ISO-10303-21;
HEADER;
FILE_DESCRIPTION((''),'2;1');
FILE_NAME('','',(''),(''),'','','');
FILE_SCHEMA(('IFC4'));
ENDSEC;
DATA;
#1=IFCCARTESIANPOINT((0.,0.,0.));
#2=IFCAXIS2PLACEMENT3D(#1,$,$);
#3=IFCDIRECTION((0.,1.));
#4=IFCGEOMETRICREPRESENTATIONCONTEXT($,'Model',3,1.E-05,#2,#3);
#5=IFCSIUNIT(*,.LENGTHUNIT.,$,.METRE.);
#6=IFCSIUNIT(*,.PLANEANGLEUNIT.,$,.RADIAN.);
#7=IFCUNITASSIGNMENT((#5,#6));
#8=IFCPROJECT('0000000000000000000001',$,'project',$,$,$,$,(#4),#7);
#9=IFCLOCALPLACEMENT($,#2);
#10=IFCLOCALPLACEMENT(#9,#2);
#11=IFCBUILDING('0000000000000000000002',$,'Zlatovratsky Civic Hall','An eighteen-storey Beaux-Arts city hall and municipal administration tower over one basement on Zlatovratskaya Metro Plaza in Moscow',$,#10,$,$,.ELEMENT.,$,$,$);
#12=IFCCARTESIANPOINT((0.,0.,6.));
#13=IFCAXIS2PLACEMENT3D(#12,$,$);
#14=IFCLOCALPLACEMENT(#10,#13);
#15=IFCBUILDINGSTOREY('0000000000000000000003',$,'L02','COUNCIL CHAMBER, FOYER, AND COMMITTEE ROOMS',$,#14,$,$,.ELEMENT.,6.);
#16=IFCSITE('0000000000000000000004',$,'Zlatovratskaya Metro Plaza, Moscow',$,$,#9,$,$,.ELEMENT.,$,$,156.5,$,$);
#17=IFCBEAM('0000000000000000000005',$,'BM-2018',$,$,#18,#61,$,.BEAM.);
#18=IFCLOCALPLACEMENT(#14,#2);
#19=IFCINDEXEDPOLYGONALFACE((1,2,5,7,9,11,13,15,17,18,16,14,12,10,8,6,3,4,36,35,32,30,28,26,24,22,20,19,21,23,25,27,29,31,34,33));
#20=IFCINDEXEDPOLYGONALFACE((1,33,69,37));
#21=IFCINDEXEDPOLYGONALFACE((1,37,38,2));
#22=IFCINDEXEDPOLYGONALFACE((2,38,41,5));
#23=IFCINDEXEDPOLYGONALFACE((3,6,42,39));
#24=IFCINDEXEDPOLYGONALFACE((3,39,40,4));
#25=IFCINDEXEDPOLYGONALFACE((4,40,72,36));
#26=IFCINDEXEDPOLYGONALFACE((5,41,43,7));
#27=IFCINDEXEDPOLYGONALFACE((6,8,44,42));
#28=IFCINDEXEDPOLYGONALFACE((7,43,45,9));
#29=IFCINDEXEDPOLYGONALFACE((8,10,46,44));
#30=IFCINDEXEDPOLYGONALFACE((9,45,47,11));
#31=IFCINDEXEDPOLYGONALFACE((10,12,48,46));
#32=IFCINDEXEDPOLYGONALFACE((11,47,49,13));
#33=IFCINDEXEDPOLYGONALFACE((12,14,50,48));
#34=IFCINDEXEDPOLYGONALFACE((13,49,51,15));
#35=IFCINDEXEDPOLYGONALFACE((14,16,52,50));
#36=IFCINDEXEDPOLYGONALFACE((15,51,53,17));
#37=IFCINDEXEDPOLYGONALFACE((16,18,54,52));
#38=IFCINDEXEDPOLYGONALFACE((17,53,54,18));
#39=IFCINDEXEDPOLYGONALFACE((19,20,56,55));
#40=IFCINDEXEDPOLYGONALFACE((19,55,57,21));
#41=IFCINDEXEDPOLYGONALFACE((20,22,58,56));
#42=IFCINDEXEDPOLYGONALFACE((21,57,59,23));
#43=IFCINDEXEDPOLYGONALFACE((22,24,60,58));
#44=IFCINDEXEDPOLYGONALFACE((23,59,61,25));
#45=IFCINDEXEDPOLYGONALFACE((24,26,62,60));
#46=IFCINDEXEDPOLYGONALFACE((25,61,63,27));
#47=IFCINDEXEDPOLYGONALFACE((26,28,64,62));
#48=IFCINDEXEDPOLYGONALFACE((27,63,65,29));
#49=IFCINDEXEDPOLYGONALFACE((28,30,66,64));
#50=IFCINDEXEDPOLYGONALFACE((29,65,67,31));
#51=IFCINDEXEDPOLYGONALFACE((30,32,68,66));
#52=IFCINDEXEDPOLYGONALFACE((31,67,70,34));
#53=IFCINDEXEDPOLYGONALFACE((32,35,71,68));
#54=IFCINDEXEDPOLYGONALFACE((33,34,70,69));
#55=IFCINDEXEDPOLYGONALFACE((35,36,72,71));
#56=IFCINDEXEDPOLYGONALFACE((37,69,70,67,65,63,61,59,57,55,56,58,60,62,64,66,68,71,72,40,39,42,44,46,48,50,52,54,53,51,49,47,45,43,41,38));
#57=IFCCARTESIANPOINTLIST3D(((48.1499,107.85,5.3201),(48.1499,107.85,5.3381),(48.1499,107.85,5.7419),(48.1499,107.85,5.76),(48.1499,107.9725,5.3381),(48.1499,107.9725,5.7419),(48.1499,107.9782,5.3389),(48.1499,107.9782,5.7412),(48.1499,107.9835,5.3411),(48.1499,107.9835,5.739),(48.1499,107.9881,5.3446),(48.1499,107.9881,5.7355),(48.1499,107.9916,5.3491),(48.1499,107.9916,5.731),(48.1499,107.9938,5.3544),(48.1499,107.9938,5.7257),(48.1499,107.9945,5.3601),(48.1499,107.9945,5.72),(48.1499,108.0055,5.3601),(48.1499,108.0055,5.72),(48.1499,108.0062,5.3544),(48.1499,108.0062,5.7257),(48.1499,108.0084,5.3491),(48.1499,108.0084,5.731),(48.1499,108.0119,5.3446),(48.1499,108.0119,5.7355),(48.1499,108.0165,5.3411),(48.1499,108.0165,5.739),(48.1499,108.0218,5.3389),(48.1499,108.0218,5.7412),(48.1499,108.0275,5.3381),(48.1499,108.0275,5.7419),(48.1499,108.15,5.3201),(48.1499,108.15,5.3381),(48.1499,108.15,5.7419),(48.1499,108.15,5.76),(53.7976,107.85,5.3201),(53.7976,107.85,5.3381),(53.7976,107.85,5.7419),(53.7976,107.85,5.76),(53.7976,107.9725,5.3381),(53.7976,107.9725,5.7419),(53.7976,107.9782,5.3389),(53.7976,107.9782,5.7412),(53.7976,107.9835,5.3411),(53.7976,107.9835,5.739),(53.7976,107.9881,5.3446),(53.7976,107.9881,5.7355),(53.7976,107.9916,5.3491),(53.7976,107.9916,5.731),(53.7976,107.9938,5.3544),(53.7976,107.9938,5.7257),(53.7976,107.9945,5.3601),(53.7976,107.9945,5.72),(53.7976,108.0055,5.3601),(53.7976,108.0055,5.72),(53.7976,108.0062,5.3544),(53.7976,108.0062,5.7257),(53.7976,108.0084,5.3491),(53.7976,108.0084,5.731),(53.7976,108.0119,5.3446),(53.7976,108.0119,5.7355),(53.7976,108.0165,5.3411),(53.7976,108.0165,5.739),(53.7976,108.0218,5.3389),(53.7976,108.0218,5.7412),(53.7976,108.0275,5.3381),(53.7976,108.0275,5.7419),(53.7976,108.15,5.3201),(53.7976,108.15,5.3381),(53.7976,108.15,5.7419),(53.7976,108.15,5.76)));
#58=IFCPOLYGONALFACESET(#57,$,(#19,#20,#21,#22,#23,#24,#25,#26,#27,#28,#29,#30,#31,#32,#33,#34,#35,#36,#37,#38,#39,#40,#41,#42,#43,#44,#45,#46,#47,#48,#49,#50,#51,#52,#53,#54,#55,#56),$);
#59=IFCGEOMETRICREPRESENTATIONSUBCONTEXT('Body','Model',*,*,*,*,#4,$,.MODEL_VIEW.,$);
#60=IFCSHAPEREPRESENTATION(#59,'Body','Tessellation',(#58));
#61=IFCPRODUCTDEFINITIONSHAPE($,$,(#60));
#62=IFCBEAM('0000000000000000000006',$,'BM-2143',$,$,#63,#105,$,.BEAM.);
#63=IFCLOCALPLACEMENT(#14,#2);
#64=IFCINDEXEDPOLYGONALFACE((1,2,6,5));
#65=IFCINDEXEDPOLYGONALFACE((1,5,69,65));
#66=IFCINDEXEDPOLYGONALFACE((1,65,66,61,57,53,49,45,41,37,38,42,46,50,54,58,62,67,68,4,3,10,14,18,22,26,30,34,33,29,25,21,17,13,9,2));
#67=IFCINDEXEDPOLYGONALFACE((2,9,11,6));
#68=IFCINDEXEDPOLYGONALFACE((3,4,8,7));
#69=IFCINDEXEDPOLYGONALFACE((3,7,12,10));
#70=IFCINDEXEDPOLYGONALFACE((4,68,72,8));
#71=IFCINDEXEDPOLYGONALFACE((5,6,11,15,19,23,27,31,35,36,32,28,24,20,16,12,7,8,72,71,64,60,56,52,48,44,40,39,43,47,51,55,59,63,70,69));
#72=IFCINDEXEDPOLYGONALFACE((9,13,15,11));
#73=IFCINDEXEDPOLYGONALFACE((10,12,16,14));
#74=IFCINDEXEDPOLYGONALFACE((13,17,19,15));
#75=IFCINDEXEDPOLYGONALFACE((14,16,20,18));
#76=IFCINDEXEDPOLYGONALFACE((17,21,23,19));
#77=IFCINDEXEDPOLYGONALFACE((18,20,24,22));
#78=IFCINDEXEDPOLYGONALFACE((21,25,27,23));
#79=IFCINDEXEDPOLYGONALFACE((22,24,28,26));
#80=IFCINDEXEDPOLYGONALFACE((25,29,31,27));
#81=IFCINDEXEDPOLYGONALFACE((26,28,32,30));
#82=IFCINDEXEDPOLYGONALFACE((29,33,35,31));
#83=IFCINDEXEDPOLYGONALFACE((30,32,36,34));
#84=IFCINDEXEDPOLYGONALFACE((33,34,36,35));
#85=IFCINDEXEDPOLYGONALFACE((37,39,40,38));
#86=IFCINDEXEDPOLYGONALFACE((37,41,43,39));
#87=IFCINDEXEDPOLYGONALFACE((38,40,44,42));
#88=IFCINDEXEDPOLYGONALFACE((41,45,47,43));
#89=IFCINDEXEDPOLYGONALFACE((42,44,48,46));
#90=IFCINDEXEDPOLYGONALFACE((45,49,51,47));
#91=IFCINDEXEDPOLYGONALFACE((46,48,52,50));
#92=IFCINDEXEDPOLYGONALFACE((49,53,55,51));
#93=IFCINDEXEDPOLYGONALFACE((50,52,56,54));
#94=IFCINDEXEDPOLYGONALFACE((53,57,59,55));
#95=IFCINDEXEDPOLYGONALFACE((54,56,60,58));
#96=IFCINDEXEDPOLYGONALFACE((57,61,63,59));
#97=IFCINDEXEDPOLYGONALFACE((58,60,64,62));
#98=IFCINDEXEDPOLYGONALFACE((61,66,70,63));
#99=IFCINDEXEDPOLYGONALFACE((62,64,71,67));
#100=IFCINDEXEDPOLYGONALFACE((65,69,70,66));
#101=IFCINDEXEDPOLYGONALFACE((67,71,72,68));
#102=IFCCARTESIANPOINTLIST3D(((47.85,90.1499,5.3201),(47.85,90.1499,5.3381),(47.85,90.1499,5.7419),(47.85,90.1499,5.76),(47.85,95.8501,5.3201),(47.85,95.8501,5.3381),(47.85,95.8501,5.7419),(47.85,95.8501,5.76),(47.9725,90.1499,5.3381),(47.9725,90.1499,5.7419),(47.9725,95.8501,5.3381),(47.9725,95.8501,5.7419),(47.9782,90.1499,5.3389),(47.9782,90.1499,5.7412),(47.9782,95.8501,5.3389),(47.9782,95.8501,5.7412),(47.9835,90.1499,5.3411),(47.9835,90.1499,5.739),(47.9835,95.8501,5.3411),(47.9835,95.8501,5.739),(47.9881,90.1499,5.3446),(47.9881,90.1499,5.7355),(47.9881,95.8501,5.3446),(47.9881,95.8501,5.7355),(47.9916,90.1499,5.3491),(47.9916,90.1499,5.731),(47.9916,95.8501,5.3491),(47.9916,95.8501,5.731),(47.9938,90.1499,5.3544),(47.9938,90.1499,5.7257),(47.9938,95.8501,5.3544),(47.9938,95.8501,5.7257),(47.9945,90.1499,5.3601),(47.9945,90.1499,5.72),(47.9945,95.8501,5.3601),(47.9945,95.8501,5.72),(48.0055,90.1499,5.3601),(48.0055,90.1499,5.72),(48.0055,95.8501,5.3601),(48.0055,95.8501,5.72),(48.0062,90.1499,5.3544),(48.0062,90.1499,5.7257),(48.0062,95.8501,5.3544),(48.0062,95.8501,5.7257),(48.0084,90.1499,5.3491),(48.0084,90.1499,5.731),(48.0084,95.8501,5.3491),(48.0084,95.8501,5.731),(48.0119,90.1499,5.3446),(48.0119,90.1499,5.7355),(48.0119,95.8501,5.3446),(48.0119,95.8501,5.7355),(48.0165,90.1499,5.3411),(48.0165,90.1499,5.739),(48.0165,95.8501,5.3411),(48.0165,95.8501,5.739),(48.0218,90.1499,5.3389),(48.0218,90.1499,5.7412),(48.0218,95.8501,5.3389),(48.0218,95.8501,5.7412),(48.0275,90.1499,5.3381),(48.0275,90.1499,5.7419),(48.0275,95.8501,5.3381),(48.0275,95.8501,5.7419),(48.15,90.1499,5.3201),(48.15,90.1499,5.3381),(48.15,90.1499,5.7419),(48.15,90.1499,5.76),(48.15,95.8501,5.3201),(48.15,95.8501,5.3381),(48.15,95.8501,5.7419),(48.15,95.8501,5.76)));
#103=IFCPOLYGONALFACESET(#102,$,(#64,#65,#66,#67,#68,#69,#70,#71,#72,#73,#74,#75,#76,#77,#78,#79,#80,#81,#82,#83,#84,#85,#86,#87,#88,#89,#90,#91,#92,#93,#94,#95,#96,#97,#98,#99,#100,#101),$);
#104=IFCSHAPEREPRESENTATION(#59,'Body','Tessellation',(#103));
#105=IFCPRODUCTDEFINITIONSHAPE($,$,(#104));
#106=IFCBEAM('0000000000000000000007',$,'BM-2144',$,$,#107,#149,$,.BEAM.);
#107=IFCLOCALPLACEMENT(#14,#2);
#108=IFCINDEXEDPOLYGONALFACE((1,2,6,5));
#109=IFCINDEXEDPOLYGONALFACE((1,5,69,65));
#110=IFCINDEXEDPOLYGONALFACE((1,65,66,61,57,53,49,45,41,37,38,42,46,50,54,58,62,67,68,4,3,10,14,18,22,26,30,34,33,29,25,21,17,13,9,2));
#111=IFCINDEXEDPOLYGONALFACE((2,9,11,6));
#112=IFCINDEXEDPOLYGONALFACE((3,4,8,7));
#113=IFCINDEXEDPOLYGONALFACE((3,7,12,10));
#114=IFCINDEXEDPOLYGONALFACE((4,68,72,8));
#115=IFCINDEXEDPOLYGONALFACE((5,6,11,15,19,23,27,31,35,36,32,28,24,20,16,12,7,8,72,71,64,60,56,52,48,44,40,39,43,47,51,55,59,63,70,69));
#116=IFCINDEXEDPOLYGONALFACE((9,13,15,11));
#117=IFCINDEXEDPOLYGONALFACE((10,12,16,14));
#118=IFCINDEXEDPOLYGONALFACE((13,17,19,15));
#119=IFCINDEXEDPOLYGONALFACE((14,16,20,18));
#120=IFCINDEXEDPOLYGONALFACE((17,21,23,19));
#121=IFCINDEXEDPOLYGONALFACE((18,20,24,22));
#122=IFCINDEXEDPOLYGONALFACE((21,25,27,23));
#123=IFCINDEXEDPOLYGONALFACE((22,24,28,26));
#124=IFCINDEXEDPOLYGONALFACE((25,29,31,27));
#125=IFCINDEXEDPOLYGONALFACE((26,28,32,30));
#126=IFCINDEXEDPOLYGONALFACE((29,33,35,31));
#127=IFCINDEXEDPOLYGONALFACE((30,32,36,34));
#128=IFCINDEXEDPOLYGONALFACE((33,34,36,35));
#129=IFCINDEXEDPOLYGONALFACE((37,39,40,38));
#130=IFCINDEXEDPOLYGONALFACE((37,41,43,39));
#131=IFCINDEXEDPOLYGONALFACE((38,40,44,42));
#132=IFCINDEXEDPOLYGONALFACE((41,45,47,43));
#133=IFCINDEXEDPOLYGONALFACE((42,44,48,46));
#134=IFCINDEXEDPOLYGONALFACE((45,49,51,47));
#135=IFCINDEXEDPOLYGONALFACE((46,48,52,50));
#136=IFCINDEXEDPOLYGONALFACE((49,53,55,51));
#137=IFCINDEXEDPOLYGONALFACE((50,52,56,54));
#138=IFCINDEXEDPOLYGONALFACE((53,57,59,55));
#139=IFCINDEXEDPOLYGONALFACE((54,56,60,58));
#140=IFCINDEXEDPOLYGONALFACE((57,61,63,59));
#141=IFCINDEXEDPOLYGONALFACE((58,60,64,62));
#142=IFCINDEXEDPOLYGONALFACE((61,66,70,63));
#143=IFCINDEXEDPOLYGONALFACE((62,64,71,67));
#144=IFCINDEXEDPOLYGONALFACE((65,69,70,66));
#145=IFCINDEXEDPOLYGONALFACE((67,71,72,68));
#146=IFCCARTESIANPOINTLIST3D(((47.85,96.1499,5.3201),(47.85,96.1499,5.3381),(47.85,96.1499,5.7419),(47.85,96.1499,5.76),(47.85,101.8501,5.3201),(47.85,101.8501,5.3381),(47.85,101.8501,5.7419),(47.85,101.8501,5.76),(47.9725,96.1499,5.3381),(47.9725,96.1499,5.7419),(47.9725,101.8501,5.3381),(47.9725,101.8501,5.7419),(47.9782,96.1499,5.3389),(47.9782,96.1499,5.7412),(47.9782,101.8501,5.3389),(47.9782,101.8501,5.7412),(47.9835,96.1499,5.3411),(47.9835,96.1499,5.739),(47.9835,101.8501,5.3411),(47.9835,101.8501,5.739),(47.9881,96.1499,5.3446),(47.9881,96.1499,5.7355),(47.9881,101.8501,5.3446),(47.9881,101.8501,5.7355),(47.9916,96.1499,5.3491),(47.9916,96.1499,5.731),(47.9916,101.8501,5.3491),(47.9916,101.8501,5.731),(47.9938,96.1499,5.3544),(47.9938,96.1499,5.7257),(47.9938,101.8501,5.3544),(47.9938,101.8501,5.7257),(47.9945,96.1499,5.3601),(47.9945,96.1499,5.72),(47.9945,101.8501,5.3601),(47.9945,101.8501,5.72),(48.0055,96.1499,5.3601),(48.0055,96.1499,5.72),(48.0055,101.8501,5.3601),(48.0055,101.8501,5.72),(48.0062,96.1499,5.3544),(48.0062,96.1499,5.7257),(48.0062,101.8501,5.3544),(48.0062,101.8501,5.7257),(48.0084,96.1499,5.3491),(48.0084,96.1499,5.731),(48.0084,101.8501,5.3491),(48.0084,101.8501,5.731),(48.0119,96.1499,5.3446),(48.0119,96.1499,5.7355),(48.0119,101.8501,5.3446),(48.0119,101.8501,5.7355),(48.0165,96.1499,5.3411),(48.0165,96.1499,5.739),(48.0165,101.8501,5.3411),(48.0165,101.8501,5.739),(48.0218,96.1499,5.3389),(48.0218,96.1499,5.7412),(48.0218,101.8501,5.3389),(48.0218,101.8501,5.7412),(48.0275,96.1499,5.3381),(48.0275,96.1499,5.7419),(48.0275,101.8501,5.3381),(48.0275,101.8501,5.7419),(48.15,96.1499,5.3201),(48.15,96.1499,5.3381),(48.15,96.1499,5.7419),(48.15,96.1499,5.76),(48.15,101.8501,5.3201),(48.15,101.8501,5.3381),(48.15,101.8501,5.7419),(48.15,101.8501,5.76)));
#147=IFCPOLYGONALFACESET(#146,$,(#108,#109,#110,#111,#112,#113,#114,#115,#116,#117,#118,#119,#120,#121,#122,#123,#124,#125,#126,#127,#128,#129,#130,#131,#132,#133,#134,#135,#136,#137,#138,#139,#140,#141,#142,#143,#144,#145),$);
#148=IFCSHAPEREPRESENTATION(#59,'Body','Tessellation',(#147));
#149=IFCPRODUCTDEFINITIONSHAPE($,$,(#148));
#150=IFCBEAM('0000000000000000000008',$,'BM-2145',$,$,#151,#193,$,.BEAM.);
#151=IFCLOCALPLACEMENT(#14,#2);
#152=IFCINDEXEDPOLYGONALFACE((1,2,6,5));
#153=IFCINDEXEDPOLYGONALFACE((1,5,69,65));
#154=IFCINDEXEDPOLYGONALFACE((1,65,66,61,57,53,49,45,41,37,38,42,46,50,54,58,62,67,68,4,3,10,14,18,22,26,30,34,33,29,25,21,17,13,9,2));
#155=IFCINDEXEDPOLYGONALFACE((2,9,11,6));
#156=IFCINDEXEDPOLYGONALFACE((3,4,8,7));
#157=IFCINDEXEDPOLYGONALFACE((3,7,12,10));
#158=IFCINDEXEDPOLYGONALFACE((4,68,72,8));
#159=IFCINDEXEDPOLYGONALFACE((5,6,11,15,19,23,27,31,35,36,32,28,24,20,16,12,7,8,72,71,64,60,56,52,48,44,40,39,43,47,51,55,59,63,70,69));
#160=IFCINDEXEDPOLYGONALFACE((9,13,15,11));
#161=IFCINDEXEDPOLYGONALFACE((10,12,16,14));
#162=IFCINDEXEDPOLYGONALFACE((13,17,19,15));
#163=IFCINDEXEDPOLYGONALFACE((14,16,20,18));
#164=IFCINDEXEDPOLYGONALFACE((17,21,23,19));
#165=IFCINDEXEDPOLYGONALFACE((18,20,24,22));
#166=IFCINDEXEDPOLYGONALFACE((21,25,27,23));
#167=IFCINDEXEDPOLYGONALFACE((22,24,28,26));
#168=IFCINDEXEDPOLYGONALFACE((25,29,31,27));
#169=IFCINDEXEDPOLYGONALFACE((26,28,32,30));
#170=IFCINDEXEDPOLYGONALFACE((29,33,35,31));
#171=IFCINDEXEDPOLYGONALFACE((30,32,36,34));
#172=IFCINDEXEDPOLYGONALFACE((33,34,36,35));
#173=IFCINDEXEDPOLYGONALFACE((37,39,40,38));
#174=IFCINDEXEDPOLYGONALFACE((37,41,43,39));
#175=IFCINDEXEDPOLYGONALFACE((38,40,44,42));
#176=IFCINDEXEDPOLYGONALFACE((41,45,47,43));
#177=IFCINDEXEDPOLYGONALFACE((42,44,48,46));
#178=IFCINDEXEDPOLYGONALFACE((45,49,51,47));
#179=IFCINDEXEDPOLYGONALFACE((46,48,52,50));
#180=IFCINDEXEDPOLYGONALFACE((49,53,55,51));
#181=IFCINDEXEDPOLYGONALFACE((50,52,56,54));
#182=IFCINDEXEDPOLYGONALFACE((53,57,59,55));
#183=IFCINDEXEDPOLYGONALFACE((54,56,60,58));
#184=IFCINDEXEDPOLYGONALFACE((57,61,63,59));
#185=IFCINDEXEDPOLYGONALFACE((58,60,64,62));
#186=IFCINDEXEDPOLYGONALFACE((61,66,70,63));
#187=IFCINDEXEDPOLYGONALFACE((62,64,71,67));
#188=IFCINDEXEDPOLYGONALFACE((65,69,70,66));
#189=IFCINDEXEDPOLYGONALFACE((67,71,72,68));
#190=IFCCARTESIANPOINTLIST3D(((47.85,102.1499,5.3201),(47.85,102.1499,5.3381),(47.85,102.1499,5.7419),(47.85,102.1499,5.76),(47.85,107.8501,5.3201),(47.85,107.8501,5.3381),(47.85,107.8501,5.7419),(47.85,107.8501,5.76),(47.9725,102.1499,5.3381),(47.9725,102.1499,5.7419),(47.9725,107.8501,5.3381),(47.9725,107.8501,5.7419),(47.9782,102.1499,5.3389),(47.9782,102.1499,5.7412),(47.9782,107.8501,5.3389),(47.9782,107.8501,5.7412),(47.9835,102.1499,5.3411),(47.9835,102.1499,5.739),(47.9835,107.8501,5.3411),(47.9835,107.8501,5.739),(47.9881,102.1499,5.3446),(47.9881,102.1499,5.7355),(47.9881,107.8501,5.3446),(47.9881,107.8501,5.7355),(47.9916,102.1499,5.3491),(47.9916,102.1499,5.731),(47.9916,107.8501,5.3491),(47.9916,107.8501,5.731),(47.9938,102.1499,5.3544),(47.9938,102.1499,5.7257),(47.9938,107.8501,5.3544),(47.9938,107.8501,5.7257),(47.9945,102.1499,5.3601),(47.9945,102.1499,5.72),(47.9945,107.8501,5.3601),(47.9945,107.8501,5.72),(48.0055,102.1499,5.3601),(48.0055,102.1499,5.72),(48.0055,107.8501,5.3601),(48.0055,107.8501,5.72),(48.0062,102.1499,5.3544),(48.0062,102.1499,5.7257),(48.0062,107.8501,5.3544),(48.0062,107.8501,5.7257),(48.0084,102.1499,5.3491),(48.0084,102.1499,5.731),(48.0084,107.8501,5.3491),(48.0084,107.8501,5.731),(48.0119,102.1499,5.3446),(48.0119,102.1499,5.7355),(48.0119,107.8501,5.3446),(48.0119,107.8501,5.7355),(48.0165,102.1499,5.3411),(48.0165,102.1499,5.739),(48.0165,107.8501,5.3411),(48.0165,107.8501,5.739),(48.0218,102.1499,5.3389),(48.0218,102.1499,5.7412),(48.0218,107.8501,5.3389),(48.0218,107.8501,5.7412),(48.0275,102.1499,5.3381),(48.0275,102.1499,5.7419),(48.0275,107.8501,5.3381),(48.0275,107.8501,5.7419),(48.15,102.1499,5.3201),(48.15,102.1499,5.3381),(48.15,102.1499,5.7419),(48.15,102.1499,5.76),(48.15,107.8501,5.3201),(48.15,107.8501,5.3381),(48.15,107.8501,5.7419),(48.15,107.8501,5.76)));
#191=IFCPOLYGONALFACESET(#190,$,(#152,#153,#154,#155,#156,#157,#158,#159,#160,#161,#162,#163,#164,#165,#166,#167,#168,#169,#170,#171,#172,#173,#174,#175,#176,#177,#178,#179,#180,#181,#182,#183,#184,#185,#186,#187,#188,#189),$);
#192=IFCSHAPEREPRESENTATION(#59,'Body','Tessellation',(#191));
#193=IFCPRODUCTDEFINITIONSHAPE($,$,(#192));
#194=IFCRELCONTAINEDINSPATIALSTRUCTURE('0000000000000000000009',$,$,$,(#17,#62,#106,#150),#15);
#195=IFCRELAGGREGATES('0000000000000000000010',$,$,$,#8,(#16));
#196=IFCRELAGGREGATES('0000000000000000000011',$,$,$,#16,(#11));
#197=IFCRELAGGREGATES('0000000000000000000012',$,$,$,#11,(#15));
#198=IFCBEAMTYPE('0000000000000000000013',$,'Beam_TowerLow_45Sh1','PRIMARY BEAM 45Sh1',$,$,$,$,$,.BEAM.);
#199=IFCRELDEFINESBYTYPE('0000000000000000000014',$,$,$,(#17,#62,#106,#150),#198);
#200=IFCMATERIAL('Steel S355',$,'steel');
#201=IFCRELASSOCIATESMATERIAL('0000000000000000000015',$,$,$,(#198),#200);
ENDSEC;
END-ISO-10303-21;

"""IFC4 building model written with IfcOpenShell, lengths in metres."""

from ifc_helpers import new_model, si_unit, direction, frame, origin, origin_2d, place, context, subcontext, project, spatial, i_section, extrude, material, material_profile, profile_set, type_object, element, save


model = new_model("IFC4")

# Units and contexts
model_context = context("Model", 3, precision=1e-05, world=origin(), true_north=direction((0.0, 1.0)))
body_context = subcontext(model_context, "Body", "Model", "MODEL_VIEW")
ifc_project = project(units=[si_unit("LENGTHUNIT", "METRE"), si_unit("PLANEANGLEUNIT", "RADIAN")], contexts=[model_context])

# Site, building, storey
site_placement = place(None, origin())
site = spatial("IfcSite", under=ifc_project, at=site_placement, Name="Zlatovratskaya Metro Plaza, Moscow", CompositionType="ELEMENT", RefElevation=156.5)
building_placement = place(site_placement, origin())
building = spatial("IfcBuilding", under=site, at=building_placement, Name="Zlatovratsky Civic Hall", Description="An eighteen-storey Beaux-Arts city hall and municipal administration tower over one basement on Zlatovratskaya Metro Plaza in Moscow", CompositionType="ELEMENT")
storey_placement = place(building_placement, frame((0.0, 0.0, 6.0)))
storey = spatial("IfcBuildingStorey", under=building, at=storey_placement, Name="L02", Description="COUNCIL CHAMBER, FOYER, AND COMMITTEE ROOMS", CompositionType="ELEMENT", Elevation=6.0)

# Shared definitions
ifc_material_1 = material(Name="Steel S355", Category="steel")

# Beams
ifc_material_profile_1 = material_profile(ifc_material_1, i_section(OverallWidth=0.3, OverallDepth=0.4399, WebThickness=0.011, FlangeThickness=0.0181, FilletRadius=0.022, at=origin_2d()), Name="45Sh1")
ifc_profile_set_1 = profile_set([ifc_material_profile_1], Name="Steel S355")
beam_type_1 = type_object("IfcBeamType", Name="Beam_TowerLow_45Sh1", Description="PRIMARY BEAM 45Sh1", PredefinedType="BEAM", material=ifc_profile_set_1)
beam_1_placement = place(storey_placement, frame((48.1499, 108.0, 5.54), z_axis=(1.0, 0.0, 0.0), x_axis=(0.0, 1.0, 0.0)))
element("IfcBeam", 1, at=beam_1_placement, inside=storey, type_object=beam_type_1, Name="BM-2018", PredefinedType="BEAM", context=body_context, shape_type="SweptSolid", body=[
    extrude(i_section(OverallWidth=0.3, OverallDepth=0.4399, WebThickness=0.011, FlangeThickness=0.0181, FilletRadius=0.022, at=origin_2d()), origin(), (0.0, 0.0, 1.0), 5.6477),
])
for number, where, z_axis, x_axis, name in (
    (2, (48.0, 90.1499, 5.54), (0.0, 1.0, 0.0), (-1.0, 0.0, 0.0), "BM-2143"),
    (3, (48.0, 96.1499, 5.54), (0.0, 1.0, 0.0), (-1.0, 0.0, 0.0), "BM-2144"),
    (4, (48.0, 102.1499, 5.54), (0.0, 1.0, 0.0), (-1.0, 0.0, 0.0), "BM-2145"),
):
    element("IfcBeam", number, at=place(storey_placement, frame(where, z_axis=z_axis, x_axis=x_axis)), inside=storey, type_object=beam_type_1, Name=name, PredefinedType="BEAM", context=body_context, shape_type="SweptSolid", body=[
        extrude(i_section(OverallWidth=0.3, OverallDepth=0.4399, WebThickness=0.011, FlangeThickness=0.0181, FilletRadius=0.022, at=origin_2d()), origin(), (0.0, 0.0, 1.0), 5.7002),
    ])

save(model, "model.ifc")
